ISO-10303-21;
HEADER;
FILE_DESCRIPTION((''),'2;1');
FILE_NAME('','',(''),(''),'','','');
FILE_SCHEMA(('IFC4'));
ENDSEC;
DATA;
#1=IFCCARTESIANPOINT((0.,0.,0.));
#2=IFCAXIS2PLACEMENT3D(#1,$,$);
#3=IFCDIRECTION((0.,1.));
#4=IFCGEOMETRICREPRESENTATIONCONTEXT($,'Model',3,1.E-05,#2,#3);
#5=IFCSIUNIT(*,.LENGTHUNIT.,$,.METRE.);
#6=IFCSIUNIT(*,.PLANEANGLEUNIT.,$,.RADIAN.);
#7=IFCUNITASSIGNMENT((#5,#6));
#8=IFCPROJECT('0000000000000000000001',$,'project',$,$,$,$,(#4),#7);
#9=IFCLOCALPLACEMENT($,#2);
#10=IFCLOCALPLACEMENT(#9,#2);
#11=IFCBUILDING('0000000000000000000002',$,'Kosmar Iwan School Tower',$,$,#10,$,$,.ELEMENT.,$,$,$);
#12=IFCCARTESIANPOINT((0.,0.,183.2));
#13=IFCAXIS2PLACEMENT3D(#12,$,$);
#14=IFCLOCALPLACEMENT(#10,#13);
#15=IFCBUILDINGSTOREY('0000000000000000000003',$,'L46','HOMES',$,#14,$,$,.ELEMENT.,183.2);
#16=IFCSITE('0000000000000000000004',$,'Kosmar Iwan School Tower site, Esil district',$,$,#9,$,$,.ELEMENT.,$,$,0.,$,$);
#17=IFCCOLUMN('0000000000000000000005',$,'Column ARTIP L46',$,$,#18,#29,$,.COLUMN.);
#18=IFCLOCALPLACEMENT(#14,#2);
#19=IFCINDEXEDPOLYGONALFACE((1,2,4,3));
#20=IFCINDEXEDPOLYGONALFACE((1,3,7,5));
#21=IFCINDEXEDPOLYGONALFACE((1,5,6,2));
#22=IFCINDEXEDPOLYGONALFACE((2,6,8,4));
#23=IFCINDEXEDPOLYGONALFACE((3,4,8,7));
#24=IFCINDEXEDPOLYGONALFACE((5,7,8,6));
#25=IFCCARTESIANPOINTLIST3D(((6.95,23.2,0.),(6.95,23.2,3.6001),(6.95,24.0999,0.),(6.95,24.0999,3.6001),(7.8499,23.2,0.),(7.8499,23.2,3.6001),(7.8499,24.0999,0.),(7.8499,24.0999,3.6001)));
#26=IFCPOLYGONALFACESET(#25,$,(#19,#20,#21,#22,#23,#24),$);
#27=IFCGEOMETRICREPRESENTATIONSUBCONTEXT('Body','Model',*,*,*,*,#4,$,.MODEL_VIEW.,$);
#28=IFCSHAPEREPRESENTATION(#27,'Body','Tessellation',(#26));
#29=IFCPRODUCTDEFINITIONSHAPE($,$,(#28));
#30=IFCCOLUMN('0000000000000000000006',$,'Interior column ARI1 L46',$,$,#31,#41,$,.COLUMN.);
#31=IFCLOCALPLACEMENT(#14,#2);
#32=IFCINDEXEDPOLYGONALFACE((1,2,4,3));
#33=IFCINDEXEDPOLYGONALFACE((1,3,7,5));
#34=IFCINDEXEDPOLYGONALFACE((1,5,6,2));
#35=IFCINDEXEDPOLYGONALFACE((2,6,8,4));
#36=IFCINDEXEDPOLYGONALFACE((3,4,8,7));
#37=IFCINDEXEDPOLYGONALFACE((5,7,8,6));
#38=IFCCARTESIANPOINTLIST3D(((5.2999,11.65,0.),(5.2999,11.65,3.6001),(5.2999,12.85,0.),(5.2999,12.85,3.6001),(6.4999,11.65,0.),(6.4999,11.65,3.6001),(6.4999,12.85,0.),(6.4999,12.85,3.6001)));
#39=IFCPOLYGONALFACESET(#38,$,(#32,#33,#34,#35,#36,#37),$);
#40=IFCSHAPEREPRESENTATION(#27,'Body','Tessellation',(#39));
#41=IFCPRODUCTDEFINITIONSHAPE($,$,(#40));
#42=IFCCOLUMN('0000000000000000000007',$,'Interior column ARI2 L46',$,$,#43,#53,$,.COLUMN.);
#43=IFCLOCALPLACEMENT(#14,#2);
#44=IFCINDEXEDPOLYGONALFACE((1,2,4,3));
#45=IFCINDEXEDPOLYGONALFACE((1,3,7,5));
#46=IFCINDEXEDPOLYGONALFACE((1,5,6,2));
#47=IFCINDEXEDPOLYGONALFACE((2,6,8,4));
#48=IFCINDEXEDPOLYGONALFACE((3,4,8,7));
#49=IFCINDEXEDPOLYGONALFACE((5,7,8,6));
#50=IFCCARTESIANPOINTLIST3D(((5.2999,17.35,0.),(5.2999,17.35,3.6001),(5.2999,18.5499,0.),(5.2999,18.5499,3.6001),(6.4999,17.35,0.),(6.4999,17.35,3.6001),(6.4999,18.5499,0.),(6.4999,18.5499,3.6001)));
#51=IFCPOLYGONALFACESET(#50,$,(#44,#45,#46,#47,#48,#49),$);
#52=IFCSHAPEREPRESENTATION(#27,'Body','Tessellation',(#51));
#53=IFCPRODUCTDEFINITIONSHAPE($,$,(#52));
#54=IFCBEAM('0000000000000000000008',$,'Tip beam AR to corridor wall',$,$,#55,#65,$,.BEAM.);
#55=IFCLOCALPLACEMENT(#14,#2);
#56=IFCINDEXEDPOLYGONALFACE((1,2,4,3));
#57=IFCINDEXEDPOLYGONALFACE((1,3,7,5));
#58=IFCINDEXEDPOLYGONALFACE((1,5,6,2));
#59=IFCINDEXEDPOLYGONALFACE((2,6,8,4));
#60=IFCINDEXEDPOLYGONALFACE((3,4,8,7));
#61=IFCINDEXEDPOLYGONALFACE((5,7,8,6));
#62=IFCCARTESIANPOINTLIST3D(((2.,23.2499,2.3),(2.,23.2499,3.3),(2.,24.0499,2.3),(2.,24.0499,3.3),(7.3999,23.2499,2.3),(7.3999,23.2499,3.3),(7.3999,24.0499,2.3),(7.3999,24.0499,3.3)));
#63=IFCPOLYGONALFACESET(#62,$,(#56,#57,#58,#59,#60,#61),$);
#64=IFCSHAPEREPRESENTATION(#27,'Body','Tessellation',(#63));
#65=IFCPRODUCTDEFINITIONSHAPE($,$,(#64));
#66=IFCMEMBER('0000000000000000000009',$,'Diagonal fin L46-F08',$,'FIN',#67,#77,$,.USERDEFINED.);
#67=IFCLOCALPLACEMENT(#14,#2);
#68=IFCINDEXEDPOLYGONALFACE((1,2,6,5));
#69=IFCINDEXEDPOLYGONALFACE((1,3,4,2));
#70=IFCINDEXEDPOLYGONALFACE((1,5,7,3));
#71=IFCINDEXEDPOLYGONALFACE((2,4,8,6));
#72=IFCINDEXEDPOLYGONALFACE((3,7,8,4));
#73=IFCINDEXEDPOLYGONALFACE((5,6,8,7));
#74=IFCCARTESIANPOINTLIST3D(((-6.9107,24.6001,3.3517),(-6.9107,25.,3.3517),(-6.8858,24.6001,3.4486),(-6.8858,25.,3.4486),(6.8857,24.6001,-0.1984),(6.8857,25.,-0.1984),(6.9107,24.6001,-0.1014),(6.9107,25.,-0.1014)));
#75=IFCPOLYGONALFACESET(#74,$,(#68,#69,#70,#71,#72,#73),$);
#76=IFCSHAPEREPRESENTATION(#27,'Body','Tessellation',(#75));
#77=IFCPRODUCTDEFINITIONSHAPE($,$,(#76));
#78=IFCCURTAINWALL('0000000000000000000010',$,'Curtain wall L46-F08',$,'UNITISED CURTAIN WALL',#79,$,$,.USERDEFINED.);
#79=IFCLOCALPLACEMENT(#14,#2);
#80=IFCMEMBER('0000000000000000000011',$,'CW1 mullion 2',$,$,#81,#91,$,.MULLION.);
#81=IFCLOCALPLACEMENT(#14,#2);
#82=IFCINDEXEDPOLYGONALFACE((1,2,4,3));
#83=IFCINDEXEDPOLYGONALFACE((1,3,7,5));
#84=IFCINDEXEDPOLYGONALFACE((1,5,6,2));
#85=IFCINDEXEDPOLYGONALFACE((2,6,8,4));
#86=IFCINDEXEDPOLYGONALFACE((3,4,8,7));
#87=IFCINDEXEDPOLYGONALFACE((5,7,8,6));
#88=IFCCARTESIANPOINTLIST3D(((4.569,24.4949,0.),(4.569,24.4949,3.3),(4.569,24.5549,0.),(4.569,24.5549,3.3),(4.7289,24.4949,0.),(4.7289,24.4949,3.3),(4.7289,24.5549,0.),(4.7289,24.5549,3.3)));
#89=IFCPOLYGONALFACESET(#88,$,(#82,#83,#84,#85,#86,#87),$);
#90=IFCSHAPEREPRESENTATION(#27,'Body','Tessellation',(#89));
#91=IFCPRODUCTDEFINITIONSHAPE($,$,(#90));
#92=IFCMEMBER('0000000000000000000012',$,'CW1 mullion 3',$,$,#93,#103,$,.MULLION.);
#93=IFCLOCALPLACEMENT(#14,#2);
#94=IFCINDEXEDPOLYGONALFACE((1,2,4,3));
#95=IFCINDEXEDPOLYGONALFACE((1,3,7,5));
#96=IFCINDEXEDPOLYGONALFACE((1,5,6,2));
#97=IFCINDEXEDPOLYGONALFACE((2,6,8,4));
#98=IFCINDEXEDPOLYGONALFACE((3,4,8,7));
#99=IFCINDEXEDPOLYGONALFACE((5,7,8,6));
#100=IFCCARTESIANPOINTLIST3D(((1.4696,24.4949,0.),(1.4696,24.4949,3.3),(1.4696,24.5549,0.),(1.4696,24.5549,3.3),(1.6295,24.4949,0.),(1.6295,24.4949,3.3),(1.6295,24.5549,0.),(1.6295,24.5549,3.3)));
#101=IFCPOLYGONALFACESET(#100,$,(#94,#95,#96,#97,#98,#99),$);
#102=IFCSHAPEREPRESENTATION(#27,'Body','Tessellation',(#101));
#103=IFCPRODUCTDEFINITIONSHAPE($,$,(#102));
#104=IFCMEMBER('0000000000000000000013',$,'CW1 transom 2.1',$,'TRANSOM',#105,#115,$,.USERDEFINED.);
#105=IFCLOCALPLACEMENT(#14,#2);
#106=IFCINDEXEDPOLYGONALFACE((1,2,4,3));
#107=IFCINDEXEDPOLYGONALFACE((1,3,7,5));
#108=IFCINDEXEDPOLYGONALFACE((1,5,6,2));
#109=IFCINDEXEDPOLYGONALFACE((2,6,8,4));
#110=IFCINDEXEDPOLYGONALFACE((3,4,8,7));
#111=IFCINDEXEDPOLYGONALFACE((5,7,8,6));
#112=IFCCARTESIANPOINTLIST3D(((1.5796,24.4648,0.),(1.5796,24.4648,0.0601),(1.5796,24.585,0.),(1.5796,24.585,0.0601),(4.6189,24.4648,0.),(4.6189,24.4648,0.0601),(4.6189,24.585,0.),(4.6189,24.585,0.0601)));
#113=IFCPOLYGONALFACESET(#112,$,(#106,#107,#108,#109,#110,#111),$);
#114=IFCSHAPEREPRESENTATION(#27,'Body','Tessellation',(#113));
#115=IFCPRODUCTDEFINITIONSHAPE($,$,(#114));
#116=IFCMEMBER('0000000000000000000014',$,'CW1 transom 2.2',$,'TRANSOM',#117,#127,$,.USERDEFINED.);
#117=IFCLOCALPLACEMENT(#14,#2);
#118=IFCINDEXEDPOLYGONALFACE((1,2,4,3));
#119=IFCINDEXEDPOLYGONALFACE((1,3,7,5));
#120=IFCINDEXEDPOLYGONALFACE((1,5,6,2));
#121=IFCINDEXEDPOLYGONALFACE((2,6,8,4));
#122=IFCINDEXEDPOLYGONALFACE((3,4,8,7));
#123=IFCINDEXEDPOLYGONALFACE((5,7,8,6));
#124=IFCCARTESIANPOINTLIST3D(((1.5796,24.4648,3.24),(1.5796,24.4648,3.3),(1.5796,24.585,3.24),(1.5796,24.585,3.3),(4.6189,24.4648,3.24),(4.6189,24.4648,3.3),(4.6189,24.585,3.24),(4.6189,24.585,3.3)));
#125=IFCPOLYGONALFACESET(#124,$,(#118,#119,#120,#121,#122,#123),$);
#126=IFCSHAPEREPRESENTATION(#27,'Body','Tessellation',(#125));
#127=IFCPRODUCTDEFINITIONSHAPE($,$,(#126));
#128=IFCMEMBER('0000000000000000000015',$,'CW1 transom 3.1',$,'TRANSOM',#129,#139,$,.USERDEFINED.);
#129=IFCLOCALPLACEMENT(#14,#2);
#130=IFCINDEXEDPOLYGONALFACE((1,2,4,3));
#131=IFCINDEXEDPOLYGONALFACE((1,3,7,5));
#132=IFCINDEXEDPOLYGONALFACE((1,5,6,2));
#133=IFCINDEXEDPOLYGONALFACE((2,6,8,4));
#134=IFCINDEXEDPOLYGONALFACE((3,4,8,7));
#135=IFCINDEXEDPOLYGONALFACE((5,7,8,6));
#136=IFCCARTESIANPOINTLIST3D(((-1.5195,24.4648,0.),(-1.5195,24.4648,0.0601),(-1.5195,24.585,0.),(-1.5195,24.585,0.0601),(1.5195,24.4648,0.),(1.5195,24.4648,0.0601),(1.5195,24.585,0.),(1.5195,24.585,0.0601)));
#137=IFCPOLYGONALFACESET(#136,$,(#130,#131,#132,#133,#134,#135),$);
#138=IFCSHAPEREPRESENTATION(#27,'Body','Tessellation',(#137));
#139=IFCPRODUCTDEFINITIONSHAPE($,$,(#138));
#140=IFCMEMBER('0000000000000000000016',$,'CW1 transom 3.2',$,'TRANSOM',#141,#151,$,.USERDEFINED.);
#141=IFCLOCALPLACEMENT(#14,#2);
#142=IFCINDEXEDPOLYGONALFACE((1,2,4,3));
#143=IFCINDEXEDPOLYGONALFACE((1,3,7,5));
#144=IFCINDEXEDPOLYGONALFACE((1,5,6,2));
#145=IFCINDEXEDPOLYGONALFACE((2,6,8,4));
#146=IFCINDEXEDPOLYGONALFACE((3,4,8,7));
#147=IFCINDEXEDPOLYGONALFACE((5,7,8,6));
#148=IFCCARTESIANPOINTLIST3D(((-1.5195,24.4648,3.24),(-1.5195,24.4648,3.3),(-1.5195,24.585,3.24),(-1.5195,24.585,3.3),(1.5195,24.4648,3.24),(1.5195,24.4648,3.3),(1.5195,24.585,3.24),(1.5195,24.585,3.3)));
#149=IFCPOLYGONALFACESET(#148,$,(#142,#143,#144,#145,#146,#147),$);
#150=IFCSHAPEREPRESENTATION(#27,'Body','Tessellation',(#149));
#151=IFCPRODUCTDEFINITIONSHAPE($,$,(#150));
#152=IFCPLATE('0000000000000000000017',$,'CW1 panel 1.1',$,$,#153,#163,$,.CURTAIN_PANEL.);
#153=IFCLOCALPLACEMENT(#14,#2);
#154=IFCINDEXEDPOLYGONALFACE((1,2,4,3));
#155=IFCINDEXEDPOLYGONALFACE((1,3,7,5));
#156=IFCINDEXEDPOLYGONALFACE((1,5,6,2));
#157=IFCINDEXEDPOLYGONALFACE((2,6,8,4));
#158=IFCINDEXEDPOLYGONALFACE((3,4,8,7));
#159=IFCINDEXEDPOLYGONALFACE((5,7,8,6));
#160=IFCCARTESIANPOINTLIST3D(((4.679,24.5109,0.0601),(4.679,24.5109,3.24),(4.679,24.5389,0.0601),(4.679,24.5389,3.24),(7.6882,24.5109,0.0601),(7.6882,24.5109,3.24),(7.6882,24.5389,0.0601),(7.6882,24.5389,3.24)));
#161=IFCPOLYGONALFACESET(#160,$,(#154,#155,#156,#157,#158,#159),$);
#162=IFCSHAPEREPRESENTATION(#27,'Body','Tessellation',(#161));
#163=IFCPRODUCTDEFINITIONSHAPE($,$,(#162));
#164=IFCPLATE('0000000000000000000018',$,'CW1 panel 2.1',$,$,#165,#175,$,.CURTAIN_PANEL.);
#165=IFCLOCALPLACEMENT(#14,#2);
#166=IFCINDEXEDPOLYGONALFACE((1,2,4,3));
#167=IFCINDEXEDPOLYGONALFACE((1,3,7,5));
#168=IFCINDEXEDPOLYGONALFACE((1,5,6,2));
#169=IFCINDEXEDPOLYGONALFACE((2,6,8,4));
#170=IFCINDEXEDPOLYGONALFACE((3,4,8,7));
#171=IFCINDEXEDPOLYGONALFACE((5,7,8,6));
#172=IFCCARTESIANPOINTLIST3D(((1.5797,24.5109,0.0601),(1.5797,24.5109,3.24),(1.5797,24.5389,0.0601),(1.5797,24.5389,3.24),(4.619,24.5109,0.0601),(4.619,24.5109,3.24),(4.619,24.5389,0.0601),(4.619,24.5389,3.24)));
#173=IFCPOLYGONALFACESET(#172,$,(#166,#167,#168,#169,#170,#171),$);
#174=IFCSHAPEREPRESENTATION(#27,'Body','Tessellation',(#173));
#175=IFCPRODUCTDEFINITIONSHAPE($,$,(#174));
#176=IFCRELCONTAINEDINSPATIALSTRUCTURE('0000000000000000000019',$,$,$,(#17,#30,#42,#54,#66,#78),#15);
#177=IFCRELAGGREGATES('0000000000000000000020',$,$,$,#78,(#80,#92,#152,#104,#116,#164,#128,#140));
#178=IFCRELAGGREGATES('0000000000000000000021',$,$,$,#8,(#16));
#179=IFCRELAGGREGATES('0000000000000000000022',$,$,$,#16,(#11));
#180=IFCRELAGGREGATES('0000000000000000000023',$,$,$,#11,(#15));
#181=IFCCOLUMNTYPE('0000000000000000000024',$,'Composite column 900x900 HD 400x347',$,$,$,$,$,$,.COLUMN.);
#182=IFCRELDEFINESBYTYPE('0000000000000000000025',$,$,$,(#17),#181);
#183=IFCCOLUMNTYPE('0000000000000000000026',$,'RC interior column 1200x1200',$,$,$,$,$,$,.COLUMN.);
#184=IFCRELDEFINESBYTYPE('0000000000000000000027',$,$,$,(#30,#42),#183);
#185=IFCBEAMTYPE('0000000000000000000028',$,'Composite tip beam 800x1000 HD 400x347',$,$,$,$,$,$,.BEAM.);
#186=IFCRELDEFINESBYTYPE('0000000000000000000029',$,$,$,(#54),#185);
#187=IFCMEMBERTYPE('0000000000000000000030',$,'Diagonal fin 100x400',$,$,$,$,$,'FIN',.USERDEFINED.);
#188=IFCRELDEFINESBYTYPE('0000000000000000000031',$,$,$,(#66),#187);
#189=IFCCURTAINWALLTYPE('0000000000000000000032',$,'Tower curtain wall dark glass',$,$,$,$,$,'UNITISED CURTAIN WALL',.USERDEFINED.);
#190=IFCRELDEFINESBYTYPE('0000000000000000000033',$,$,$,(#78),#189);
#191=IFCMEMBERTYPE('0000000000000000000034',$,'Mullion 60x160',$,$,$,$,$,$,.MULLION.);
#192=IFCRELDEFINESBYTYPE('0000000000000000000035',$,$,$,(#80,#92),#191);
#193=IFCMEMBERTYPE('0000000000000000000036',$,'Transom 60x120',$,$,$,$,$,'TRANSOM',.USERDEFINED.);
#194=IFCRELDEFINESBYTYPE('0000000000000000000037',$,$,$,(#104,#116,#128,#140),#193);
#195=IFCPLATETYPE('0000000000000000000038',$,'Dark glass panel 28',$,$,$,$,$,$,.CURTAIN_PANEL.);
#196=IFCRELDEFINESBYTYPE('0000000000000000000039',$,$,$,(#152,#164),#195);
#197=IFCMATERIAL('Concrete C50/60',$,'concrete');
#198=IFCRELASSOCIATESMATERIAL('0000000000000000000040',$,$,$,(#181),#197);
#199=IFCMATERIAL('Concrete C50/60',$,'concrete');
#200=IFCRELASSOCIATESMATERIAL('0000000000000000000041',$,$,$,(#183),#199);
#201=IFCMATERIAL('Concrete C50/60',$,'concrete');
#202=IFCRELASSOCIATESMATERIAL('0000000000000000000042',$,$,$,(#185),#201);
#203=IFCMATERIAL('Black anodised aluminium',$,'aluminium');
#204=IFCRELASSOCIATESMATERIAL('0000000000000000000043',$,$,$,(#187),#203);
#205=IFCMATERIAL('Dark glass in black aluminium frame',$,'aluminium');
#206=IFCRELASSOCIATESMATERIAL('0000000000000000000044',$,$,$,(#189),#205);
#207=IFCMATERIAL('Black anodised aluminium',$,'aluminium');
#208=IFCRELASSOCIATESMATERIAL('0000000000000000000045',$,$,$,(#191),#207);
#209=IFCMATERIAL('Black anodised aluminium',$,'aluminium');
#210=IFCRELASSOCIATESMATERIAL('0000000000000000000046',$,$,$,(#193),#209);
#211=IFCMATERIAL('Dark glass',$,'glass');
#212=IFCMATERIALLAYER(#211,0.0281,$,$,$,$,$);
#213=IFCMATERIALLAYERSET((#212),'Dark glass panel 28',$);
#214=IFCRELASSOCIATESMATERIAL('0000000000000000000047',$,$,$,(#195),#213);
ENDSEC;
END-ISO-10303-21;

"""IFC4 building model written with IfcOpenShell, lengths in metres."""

from ifc_helpers import new_model, si_unit, direction, frame, origin, origin_2d, place, context, subcontext, project, spatial, rectangle, extrude, material, layer, layer_set, material_profile, profile_set, type_object, element, aggregate, save


model = new_model("IFC4")

# Units and contexts
model_context = context("Model", 3, precision=1e-05, world=origin(), true_north=direction((0.0, 1.0)))
body_context = subcontext(model_context, "Body", "Model", "MODEL_VIEW")
ifc_project = project(units=[si_unit("LENGTHUNIT", "METRE"), si_unit("PLANEANGLEUNIT", "RADIAN")], contexts=[model_context])

# Site, building, storey
site_placement = place(None, origin())
site = spatial("IfcSite", under=ifc_project, at=site_placement, Name="Kosmar Iwan School Tower site, Esil district", CompositionType="ELEMENT", RefElevation=0.0)
building_placement = place(site_placement, origin())
building = spatial("IfcBuilding", under=site, at=building_placement, Name="Kosmar Iwan School Tower", CompositionType="ELEMENT")
storey_placement = place(building_placement, frame((0.0, 0.0, 183.2)))
storey = spatial("IfcBuildingStorey", under=building, at=storey_placement, Name="L46", Description="HOMES", CompositionType="ELEMENT", Elevation=183.2)

# Columns
ifc_material_1 = material(Name="Concrete C50/60", Category="concrete")
ifc_material_profile_1 = material_profile(ifc_material_1, rectangle(XDim=0.8999, YDim=0.8999, at=origin_2d()), Name="RC 900x900 + HD 400x347")
ifc_profile_set_1 = profile_set([ifc_material_profile_1], Name="Concrete C50/60")
column_type_1 = type_object("IfcColumnType", Name="Composite column 900x900 HD 400x347", PredefinedType="COLUMN", material=ifc_profile_set_1)
column_placement = place(storey_placement, frame((7.3999, 23.6499, 0.0), z_axis=(0.0, 0.0, 1.0), x_axis=(0.0, 1.0, 0.0)))
element("IfcColumn", 1, at=column_placement, inside=storey, type_object=column_type_1, Name="Column ARTIP L46", PredefinedType="COLUMN", context=body_context, shape_type="SweptSolid", body=[
    extrude(rectangle(XDim=0.8999, YDim=0.8999, at=origin_2d()), origin(), (0.0, 0.0, 1.0), 3.6001),
])
ifc_material_2 = material(Name="Concrete C50/60", Category="concrete")
ifc_material_profile_2 = material_profile(ifc_material_2, rectangle(XDim=1.2, YDim=1.2, at=origin_2d()), Name="RC 1200x1200")
ifc_profile_set_2 = profile_set([ifc_material_profile_2], Name="Concrete C50/60")
column_type_2 = type_object("IfcColumnType", Name="RC interior column 1200x1200", PredefinedType="COLUMN", material=ifc_profile_set_2)
for number, where, z_axis, x_axis, name in (
    (2, (5.8999, 12.25, 0.0), (0.0, 0.0, 1.0), (0.0, 1.0, 0.0), "Interior column ARI1 L46"),
    (3, (5.8999, 17.95, 0.0), (0.0, 0.0, 1.0), (0.0, 1.0, 0.0), "Interior column ARI2 L46"),
):
    element("IfcColumn", number, at=place(storey_placement, frame(where, z_axis=z_axis, x_axis=x_axis)), inside=storey, type_object=column_type_2, Name=name, PredefinedType="COLUMN", context=body_context, shape_type="SweptSolid", body=[
        extrude(rectangle(XDim=1.2, YDim=1.2, at=origin_2d()), origin(), (0.0, 0.0, 1.0), 3.6001),
    ])

# Beam
ifc_material_3 = material(Name="Concrete C50/60", Category="concrete")
ifc_material_profile_3 = material_profile(ifc_material_3, rectangle(XDim=0.8, YDim=1.0, at=origin_2d()), Name="RC 800x1000 + HD 400x347")
ifc_profile_set_3 = profile_set([ifc_material_profile_3], Name="Concrete C50/60")
beam_type = type_object("IfcBeamType", Name="Composite tip beam 800x1000 HD 400x347", PredefinedType="BEAM", material=ifc_profile_set_3)
beam_placement = place(storey_placement, frame((7.3999, 23.6499, 2.8), z_axis=(-1.0, 0.0, 0.0), x_axis=(0.0, -1.0, 0.0)))
element("IfcBeam", 4, at=beam_placement, inside=storey, type_object=beam_type, Name="Tip beam AR to corridor wall", PredefinedType="BEAM", context=body_context, shape_type="SweptSolid", body=[
    extrude(rectangle(XDim=0.8, YDim=1.0, at=origin_2d()), origin(), (0.0, 0.0, 1.0), 5.3999),
])

# Member
ifc_material_4 = material(Name="Black anodised aluminium", Category="aluminium")
ifc_material_profile_4 = material_profile(ifc_material_4, rectangle(XDim=0.1001, YDim=0.3999, at=origin_2d()), Name="FIN 100x400")
ifc_profile_set_4 = profile_set([ifc_material_profile_4], Name="Black anodised aluminium")
member_type_1 = type_object("IfcMemberType", Name="Diagonal fin 100x400", ElementType="FIN", PredefinedType="USERDEFINED", material=ifc_profile_set_4)
member_1_placement = place(storey_placement, frame((6.8982, 24.8, -0.1499), z_axis=(-0.968452, 0.0, 0.249199), x_axis=(0.249199, 0.0, 0.968452)))
element("IfcMember", 5, at=member_1_placement, inside=storey, type_object=member_type_1, Name="Diagonal fin L46-F08", ObjectType="FIN", PredefinedType="USERDEFINED", context=body_context, shape_type="SweptSolid", body=[
    extrude(rectangle(XDim=0.1001, YDim=0.3999, at=origin_2d()), origin(), (0.0, 0.0, 1.0), 14.2458),
])

# Curtain wall, members, plates
ifc_material_5 = material(Name="Dark glass in black aluminium frame", Category="aluminium")
curtain_wall_type = type_object("IfcCurtainWallType", Name="Tower curtain wall dark glass", ElementType="UNITISED CURTAIN WALL", PredefinedType="USERDEFINED", material=ifc_material_5)
curtain_wall_placement = place(storey_placement, origin())
curtain_wall = element("IfcCurtainWall", 6, at=curtain_wall_placement, inside=storey, type_object=curtain_wall_type, Name="Curtain wall L46-F08", ObjectType="UNITISED CURTAIN WALL", PredefinedType="USERDEFINED")
ifc_material_6 = material(Name="Black anodised aluminium", Category="aluminium")
ifc_material_profile_5 = material_profile(ifc_material_6, rectangle(XDim=0.0601, YDim=0.1599, at=origin_2d()), Name="MULLION 60x160")
ifc_profile_set_5 = profile_set([ifc_material_profile_5], Name="Black anodised aluminium")
member_type_2 = type_object("IfcMemberType", Name="Mullion 60x160", PredefinedType="MULLION", material=ifc_profile_set_5)
member_2_placement = place(storey_placement, frame((4.6489, 24.5249, 0.0), z_axis=(0.0, 0.0, 1.0), x_axis=(0.0, -1.0, 0.0)))
member_2 = element("IfcMember", 7, at=member_2_placement, type_object=member_type_2, Name="CW1 mullion 2", PredefinedType="MULLION", context=body_context, shape_type="SweptSolid", body=[
    extrude(rectangle(XDim=0.0601, YDim=0.1599, at=origin_2d()), origin(), (0.0, 0.0, 1.0), 3.3),
])
member_3_placement = place(storey_placement, frame((1.5496, 24.5249, 0.0), z_axis=(0.0, 0.0, 1.0), x_axis=(0.0, -1.0, 0.0)))
member_3 = element("IfcMember", 8, at=member_3_placement, type_object=member_type_2, Name="CW1 mullion 3", PredefinedType="MULLION", context=body_context, shape_type="SweptSolid", body=[
    extrude(rectangle(XDim=0.0601, YDim=0.1599, at=origin_2d()), origin(), (0.0, 0.0, 1.0), 3.3),
])
ifc_material_7 = material(Name="Black anodised aluminium", Category="aluminium")
ifc_material_profile_6 = material_profile(ifc_material_7, rectangle(XDim=0.1201, YDim=0.0601, at=origin_2d()), Name="TRANSOM 60x120")
ifc_profile_set_6 = profile_set([ifc_material_profile_6], Name="Black anodised aluminium")
member_type_3 = type_object("IfcMemberType", Name="Transom 60x120", ElementType="TRANSOM", PredefinedType="USERDEFINED", material=ifc_profile_set_6)
member_4_placement = place(storey_placement, frame((4.6189, 24.5249, 0.03), z_axis=(-1.0, 0.0, 0.0), x_axis=(0.0, -1.0, 0.0)))
member_4 = element("IfcMember", 9, at=member_4_placement, type_object=member_type_3, Name="CW1 transom 2.1", ObjectType="TRANSOM", PredefinedType="USERDEFINED", context=body_context, shape_type="SweptSolid", body=[
    extrude(rectangle(XDim=0.1201, YDim=0.0601, at=origin_2d()), origin(), (0.0, 0.0, 1.0), 3.0393),
])
member_5_placement = place(storey_placement, frame((4.6189, 24.5249, 3.27), z_axis=(-1.0, 0.0, 0.0), x_axis=(0.0, -1.0, 0.0)))
member_5 = element("IfcMember", 10, at=member_5_placement, type_object=member_type_3, Name="CW1 transom 2.2", ObjectType="TRANSOM", PredefinedType="USERDEFINED", context=body_context, shape_type="SweptSolid", body=[
    extrude(rectangle(XDim=0.1201, YDim=0.0601, at=origin_2d()), origin(), (0.0, 0.0, 1.0), 3.0393),
])
member_6_placement = place(storey_placement, frame((1.5195, 24.5249, 0.03), z_axis=(-1.0, 0.0, 0.0), x_axis=(0.0, -1.0, 0.0)))
member_6 = element("IfcMember", 11, at=member_6_placement, type_object=member_type_3, Name="CW1 transom 3.1", ObjectType="TRANSOM", PredefinedType="USERDEFINED", context=body_context, shape_type="SweptSolid", body=[
    extrude(rectangle(XDim=0.1201, YDim=0.0601, at=origin_2d()), origin(), (0.0, 0.0, 1.0), 3.0391),
])
member_7_placement = place(storey_placement, frame((1.5195, 24.5249, 3.27), z_axis=(-1.0, 0.0, 0.0), x_axis=(0.0, -1.0, 0.0)))
member_7 = element("IfcMember", 12, at=member_7_placement, type_object=member_type_3, Name="CW1 transom 3.2", ObjectType="TRANSOM", PredefinedType="USERDEFINED", context=body_context, shape_type="SweptSolid", body=[
    extrude(rectangle(XDim=0.1201, YDim=0.0601, at=origin_2d()), origin(), (0.0, 0.0, 1.0), 3.0391),
])
ifc_material_8 = material(Name="Dark glass", Category="glass")
ifc_layer_1 = layer(ifc_material_8, 0.0281)
ifc_layer_set_1 = layer_set([ifc_layer_1], Name="Dark glass panel 28")
plate_type = type_object("IfcPlateType", Name="Dark glass panel 28", PredefinedType="CURTAIN_PANEL", material=ifc_layer_set_1)
plate_1_placement = place(storey_placement, frame((6.1836, 24.5249, 0.0601), z_axis=(0.0, 0.0, 1.0), x_axis=(-1.0, 0.0, 0.0)))
plate_1 = element("IfcPlate", 13, at=plate_1_placement, type_object=plate_type, Name="CW1 panel 1.1", PredefinedType="CURTAIN_PANEL", context=body_context, shape_type="SweptSolid", body=[
    extrude(rectangle(XDim=3.0093, YDim=0.0281, at=origin_2d()), origin(), (0.0, 0.0, 1.0), 3.1799),
])
plate_2_placement = place(storey_placement, frame((3.0994, 24.5249, 0.0601), z_axis=(0.0, 0.0, 1.0), x_axis=(-1.0, 0.0, 0.0)))
plate_2 = element("IfcPlate", 14, at=plate_2_placement, type_object=plate_type, Name="CW1 panel 2.1", PredefinedType="CURTAIN_PANEL", context=body_context, shape_type="SweptSolid", body=[
    extrude(rectangle(XDim=3.0393, YDim=0.0281, at=origin_2d()), origin(), (0.0, 0.0, 1.0), 3.1799),
])
aggregate(curtain_wall, [member_2, member_3, plate_1, member_4, member_5, plate_2, member_6, member_7])

save(model, "model.ifc")
